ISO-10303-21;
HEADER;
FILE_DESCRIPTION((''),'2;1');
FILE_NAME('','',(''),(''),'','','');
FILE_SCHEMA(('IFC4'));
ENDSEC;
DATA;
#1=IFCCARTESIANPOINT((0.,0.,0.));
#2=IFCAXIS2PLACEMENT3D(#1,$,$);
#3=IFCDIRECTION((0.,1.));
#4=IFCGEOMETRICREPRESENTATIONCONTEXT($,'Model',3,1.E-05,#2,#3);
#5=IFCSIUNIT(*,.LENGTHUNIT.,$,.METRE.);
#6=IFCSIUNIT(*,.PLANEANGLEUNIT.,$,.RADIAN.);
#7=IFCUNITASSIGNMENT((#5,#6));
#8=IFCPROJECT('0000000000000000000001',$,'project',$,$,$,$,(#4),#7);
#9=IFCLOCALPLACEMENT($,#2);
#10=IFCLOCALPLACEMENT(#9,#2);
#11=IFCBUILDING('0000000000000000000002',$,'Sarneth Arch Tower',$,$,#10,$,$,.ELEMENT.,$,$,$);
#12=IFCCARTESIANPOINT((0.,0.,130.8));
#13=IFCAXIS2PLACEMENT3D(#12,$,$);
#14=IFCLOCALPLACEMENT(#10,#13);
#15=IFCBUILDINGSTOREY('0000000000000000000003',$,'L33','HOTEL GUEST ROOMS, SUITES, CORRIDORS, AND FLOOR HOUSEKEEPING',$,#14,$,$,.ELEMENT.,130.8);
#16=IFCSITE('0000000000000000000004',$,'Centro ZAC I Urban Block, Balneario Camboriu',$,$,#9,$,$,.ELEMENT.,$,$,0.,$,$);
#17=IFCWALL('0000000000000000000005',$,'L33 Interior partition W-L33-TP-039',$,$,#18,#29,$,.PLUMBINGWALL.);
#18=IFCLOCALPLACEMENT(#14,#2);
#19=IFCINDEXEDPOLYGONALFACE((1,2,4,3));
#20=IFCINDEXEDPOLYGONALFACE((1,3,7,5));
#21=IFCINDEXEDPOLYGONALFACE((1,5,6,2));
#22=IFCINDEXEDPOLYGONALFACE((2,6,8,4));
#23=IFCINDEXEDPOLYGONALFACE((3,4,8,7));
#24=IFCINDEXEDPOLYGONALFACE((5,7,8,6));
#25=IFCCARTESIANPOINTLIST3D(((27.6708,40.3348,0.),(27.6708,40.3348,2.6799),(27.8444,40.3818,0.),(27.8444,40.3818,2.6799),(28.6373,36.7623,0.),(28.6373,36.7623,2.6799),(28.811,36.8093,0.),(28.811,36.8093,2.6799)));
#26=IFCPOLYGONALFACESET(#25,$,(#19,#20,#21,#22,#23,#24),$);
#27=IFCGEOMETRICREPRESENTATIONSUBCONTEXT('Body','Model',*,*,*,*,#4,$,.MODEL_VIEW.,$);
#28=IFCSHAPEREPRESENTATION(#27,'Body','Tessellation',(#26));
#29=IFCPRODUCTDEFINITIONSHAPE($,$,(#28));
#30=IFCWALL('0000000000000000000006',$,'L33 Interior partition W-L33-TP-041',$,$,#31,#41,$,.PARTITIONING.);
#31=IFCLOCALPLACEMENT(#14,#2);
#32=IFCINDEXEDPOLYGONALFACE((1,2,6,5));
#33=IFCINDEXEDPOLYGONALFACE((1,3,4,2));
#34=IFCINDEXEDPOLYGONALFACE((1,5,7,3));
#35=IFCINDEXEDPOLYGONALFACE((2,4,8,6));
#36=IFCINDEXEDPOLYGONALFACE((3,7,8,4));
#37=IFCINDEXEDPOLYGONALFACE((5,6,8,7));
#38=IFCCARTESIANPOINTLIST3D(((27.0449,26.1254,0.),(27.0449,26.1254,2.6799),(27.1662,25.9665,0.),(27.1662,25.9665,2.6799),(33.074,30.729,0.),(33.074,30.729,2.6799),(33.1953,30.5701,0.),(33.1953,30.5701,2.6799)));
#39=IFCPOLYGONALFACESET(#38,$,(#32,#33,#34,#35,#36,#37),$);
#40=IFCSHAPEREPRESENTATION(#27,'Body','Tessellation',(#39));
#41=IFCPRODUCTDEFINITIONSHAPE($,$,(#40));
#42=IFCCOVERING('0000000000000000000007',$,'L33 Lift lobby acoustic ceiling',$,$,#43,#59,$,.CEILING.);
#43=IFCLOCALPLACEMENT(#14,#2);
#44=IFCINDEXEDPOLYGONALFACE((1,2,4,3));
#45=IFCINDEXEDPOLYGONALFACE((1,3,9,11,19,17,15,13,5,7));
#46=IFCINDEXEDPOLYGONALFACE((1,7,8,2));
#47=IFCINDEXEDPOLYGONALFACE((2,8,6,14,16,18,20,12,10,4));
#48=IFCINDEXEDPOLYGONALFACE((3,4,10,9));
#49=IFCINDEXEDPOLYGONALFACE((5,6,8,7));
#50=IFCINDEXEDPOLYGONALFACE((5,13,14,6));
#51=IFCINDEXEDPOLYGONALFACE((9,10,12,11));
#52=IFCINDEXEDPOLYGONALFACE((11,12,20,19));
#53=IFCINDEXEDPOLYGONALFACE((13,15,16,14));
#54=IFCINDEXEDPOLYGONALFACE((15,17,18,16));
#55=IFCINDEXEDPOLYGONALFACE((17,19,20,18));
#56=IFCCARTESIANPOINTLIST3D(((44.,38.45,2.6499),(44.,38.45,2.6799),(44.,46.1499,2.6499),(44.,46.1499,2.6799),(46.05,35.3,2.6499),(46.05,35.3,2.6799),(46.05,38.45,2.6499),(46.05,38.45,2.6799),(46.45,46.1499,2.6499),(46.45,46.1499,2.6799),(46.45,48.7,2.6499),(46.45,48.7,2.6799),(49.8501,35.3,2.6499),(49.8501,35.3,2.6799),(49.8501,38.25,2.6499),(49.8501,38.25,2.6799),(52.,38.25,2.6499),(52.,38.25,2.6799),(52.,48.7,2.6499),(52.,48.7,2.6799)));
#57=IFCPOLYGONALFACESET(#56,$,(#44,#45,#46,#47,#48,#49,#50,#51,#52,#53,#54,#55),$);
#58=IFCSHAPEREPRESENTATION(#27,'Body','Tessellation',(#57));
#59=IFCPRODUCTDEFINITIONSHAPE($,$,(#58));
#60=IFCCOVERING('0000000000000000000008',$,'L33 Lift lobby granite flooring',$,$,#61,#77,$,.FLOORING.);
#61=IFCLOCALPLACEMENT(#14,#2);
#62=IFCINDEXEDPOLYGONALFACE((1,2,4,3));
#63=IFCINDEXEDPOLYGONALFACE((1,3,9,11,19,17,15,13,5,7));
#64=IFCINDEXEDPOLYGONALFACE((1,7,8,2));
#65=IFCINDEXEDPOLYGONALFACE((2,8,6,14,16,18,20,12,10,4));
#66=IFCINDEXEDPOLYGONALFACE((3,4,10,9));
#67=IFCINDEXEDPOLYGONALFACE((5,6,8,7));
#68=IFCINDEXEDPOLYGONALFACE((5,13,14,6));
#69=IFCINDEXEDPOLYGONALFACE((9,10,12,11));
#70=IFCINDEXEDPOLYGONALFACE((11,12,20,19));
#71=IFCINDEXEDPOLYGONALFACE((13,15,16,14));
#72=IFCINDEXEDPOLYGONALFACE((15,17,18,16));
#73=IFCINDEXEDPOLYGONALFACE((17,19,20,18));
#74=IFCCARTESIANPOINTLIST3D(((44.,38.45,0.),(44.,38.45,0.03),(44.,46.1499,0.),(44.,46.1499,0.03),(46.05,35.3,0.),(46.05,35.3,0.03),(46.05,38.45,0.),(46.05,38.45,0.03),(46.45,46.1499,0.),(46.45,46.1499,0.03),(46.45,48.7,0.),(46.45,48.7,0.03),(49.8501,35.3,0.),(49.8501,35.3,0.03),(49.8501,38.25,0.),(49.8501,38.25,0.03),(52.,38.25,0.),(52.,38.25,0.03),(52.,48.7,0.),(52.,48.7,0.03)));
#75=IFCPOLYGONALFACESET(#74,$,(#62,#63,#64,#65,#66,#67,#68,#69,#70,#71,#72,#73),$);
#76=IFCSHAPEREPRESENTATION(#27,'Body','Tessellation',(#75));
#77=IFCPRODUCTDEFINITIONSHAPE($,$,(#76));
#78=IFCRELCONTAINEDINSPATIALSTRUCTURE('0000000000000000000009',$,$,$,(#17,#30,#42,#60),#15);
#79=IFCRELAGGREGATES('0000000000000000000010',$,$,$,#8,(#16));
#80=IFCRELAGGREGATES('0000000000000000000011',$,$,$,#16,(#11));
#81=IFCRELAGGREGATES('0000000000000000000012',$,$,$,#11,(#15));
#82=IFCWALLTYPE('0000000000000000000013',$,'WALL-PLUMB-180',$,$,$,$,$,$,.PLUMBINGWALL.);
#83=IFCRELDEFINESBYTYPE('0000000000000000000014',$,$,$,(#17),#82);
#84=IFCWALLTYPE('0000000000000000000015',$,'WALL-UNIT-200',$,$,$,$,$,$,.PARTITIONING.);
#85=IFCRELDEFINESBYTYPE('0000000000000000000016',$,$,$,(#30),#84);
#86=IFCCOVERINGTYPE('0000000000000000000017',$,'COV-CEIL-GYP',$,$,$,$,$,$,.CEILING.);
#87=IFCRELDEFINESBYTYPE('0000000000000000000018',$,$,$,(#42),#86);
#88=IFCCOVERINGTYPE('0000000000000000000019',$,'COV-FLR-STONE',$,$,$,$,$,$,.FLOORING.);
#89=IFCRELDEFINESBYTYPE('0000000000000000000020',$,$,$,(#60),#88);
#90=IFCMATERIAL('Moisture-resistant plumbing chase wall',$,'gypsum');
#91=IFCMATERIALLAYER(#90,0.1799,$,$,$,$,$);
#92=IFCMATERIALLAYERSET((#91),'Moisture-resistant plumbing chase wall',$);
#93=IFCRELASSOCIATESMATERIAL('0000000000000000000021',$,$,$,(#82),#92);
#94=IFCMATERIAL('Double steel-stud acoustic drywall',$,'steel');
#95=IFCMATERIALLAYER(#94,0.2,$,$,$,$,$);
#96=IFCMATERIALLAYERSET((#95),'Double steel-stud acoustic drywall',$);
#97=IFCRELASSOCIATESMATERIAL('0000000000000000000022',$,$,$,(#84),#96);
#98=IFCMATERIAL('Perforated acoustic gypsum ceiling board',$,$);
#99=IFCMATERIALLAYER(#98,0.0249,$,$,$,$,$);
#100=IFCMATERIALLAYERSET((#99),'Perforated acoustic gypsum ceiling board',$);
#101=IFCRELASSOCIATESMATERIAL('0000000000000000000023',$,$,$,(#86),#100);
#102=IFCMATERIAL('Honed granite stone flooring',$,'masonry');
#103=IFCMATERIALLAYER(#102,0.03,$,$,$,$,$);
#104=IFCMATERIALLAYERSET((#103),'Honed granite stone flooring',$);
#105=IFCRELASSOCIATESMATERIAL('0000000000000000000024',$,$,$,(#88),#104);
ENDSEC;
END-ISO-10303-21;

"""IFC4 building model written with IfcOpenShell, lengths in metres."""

from ifc_helpers import new_model, si_unit, direction, frame, frame_2d, origin, place, context, subcontext, project, spatial, polyline, rectangle, outline, extrude, material, layer, layer_set, type_object, element, save


model = new_model("IFC4")

# Units and contexts
model_context = context("Model", 3, precision=1e-05, world=origin(), true_north=direction((0.0, 1.0)))
body_context = subcontext(model_context, "Body", "Model", "MODEL_VIEW")
ifc_project = project(units=[si_unit("LENGTHUNIT", "METRE"), si_unit("PLANEANGLEUNIT", "RADIAN")], contexts=[model_context])

# Site, building, storey
site_placement = place(None, origin())
site = spatial("IfcSite", under=ifc_project, at=site_placement, Name="Centro ZAC I Urban Block, Balneario Camboriu", CompositionType="ELEMENT", RefElevation=0.0)
building_placement = place(site_placement, origin())
building = spatial("IfcBuilding", under=site, at=building_placement, Name="Sarneth Arch Tower", CompositionType="ELEMENT")
storey_placement = place(building_placement, frame((0.0, 0.0, 130.8)))
storey = spatial("IfcBuildingStorey", under=building, at=storey_placement, Name="L33", Description="HOTEL GUEST ROOMS, SUITES, CORRIDORS, AND FLOOR HOUSEKEEPING", CompositionType="ELEMENT", Elevation=130.8)

# Walls
ifc_material_1 = material(Name="Moisture-resistant plumbing chase wall", Category="gypsum")
ifc_layer_1 = layer(ifc_material_1, 0.1799)
ifc_layer_set_1 = layer_set([ifc_layer_1], Name="Moisture-resistant plumbing chase wall")
wall_type_1 = type_object("IfcWallType", Name="WALL-PLUMB-180", PredefinedType="PLUMBINGWALL", material=ifc_layer_set_1)
wall_1_placement = place(storey_placement, frame((27.7576, 40.3584, 0.0), z_axis=(0.0, 0.0, 1.0), x_axis=(0.261163, -0.965295, 0.0)))
element("IfcWall", 1, at=wall_1_placement, inside=storey, type_object=wall_type_1, Name="L33 Interior partition W-L33-TP-039", PredefinedType="PLUMBINGWALL", context=body_context, shape_type="SweptSolid", body=[
    extrude(rectangle(XDim=3.7009, YDim=0.1799, at=frame_2d((1.8506, 0.0))), origin(), (0.0, 0.0, 1.0), 2.6799),
])
ifc_material_2 = material(Name="Double steel-stud acoustic drywall", Category="steel")
ifc_layer_2 = layer(ifc_material_2, 0.2)
ifc_layer_set_2 = layer_set([ifc_layer_2], Name="Double steel-stud acoustic drywall")
wall_type_2 = type_object("IfcWallType", Name="WALL-UNIT-200", PredefinedType="PARTITIONING", material=ifc_layer_set_2)
wall_2_placement = place(storey_placement, frame((27.1055, 26.0459, 0.0), z_axis=(0.0, 0.0, 1.0), x_axis=(0.794799, 0.606873, 0.0)))
element("IfcWall", 2, at=wall_2_placement, inside=storey, type_object=wall_type_2, Name="L33 Interior partition W-L33-TP-041", PredefinedType="PARTITIONING", context=body_context, shape_type="SweptSolid", body=[
    extrude(rectangle(XDim=7.5857, YDim=0.2, at=frame_2d((3.793, 0.0))), origin(), (0.0, 0.0, 1.0), 2.6799),
])

# Coverings
ifc_material_3 = material(Name="Perforated acoustic gypsum ceiling board")
ifc_layer_3 = layer(ifc_material_3, 0.0249)
ifc_layer_set_3 = layer_set([ifc_layer_3], Name="Perforated acoustic gypsum ceiling board")
covering_type_1 = type_object("IfcCoveringType", Name="COV-CEIL-GYP", PredefinedType="CEILING", material=ifc_layer_set_3)
covering_1_placement = place(storey_placement, frame((0.0, 0.0, 2.6499)))
element("IfcCovering", 3, at=covering_1_placement, inside=storey, type_object=covering_type_1, Name="L33 Lift lobby acoustic ceiling", PredefinedType="CEILING", context=body_context, shape_type="SweptSolid", body=[
    extrude(outline(polyline([(49.8501, 38.25), (49.8501, 35.3), (46.05, 35.3), (46.05, 38.45), (44.0, 38.45), (44.0, 46.1499), (46.45, 46.1499), (46.45, 48.7), (52.0, 48.7), (52.0, 38.25), (49.8501, 38.25)])), origin(), (0.0, 0.0, 1.0), 0.03),
])
ifc_material_4 = material(Name="Honed granite stone flooring", Category="masonry")
ifc_layer_4 = layer(ifc_material_4, 0.03)
ifc_layer_set_4 = layer_set([ifc_layer_4], Name="Honed granite stone flooring")
covering_type_2 = type_object("IfcCoveringType", Name="COV-FLR-STONE", PredefinedType="FLOORING", material=ifc_layer_set_4)
covering_2_placement = place(storey_placement, origin())
element("IfcCovering", 4, at=covering_2_placement, inside=storey, type_object=covering_type_2, Name="L33 Lift lobby granite flooring", PredefinedType="FLOORING", context=body_context, shape_type="SweptSolid", body=[
    extrude(outline(polyline([(49.8501, 38.25), (49.8501, 35.3), (46.05, 35.3), (46.05, 38.45), (44.0, 38.45), (44.0, 46.1499), (46.45, 46.1499), (46.45, 48.7), (52.0, 48.7), (52.0, 38.25), (49.8501, 38.25)])), origin(), (0.0, 0.0, 1.0), 0.03),
])

save(model, "model.ifc")
